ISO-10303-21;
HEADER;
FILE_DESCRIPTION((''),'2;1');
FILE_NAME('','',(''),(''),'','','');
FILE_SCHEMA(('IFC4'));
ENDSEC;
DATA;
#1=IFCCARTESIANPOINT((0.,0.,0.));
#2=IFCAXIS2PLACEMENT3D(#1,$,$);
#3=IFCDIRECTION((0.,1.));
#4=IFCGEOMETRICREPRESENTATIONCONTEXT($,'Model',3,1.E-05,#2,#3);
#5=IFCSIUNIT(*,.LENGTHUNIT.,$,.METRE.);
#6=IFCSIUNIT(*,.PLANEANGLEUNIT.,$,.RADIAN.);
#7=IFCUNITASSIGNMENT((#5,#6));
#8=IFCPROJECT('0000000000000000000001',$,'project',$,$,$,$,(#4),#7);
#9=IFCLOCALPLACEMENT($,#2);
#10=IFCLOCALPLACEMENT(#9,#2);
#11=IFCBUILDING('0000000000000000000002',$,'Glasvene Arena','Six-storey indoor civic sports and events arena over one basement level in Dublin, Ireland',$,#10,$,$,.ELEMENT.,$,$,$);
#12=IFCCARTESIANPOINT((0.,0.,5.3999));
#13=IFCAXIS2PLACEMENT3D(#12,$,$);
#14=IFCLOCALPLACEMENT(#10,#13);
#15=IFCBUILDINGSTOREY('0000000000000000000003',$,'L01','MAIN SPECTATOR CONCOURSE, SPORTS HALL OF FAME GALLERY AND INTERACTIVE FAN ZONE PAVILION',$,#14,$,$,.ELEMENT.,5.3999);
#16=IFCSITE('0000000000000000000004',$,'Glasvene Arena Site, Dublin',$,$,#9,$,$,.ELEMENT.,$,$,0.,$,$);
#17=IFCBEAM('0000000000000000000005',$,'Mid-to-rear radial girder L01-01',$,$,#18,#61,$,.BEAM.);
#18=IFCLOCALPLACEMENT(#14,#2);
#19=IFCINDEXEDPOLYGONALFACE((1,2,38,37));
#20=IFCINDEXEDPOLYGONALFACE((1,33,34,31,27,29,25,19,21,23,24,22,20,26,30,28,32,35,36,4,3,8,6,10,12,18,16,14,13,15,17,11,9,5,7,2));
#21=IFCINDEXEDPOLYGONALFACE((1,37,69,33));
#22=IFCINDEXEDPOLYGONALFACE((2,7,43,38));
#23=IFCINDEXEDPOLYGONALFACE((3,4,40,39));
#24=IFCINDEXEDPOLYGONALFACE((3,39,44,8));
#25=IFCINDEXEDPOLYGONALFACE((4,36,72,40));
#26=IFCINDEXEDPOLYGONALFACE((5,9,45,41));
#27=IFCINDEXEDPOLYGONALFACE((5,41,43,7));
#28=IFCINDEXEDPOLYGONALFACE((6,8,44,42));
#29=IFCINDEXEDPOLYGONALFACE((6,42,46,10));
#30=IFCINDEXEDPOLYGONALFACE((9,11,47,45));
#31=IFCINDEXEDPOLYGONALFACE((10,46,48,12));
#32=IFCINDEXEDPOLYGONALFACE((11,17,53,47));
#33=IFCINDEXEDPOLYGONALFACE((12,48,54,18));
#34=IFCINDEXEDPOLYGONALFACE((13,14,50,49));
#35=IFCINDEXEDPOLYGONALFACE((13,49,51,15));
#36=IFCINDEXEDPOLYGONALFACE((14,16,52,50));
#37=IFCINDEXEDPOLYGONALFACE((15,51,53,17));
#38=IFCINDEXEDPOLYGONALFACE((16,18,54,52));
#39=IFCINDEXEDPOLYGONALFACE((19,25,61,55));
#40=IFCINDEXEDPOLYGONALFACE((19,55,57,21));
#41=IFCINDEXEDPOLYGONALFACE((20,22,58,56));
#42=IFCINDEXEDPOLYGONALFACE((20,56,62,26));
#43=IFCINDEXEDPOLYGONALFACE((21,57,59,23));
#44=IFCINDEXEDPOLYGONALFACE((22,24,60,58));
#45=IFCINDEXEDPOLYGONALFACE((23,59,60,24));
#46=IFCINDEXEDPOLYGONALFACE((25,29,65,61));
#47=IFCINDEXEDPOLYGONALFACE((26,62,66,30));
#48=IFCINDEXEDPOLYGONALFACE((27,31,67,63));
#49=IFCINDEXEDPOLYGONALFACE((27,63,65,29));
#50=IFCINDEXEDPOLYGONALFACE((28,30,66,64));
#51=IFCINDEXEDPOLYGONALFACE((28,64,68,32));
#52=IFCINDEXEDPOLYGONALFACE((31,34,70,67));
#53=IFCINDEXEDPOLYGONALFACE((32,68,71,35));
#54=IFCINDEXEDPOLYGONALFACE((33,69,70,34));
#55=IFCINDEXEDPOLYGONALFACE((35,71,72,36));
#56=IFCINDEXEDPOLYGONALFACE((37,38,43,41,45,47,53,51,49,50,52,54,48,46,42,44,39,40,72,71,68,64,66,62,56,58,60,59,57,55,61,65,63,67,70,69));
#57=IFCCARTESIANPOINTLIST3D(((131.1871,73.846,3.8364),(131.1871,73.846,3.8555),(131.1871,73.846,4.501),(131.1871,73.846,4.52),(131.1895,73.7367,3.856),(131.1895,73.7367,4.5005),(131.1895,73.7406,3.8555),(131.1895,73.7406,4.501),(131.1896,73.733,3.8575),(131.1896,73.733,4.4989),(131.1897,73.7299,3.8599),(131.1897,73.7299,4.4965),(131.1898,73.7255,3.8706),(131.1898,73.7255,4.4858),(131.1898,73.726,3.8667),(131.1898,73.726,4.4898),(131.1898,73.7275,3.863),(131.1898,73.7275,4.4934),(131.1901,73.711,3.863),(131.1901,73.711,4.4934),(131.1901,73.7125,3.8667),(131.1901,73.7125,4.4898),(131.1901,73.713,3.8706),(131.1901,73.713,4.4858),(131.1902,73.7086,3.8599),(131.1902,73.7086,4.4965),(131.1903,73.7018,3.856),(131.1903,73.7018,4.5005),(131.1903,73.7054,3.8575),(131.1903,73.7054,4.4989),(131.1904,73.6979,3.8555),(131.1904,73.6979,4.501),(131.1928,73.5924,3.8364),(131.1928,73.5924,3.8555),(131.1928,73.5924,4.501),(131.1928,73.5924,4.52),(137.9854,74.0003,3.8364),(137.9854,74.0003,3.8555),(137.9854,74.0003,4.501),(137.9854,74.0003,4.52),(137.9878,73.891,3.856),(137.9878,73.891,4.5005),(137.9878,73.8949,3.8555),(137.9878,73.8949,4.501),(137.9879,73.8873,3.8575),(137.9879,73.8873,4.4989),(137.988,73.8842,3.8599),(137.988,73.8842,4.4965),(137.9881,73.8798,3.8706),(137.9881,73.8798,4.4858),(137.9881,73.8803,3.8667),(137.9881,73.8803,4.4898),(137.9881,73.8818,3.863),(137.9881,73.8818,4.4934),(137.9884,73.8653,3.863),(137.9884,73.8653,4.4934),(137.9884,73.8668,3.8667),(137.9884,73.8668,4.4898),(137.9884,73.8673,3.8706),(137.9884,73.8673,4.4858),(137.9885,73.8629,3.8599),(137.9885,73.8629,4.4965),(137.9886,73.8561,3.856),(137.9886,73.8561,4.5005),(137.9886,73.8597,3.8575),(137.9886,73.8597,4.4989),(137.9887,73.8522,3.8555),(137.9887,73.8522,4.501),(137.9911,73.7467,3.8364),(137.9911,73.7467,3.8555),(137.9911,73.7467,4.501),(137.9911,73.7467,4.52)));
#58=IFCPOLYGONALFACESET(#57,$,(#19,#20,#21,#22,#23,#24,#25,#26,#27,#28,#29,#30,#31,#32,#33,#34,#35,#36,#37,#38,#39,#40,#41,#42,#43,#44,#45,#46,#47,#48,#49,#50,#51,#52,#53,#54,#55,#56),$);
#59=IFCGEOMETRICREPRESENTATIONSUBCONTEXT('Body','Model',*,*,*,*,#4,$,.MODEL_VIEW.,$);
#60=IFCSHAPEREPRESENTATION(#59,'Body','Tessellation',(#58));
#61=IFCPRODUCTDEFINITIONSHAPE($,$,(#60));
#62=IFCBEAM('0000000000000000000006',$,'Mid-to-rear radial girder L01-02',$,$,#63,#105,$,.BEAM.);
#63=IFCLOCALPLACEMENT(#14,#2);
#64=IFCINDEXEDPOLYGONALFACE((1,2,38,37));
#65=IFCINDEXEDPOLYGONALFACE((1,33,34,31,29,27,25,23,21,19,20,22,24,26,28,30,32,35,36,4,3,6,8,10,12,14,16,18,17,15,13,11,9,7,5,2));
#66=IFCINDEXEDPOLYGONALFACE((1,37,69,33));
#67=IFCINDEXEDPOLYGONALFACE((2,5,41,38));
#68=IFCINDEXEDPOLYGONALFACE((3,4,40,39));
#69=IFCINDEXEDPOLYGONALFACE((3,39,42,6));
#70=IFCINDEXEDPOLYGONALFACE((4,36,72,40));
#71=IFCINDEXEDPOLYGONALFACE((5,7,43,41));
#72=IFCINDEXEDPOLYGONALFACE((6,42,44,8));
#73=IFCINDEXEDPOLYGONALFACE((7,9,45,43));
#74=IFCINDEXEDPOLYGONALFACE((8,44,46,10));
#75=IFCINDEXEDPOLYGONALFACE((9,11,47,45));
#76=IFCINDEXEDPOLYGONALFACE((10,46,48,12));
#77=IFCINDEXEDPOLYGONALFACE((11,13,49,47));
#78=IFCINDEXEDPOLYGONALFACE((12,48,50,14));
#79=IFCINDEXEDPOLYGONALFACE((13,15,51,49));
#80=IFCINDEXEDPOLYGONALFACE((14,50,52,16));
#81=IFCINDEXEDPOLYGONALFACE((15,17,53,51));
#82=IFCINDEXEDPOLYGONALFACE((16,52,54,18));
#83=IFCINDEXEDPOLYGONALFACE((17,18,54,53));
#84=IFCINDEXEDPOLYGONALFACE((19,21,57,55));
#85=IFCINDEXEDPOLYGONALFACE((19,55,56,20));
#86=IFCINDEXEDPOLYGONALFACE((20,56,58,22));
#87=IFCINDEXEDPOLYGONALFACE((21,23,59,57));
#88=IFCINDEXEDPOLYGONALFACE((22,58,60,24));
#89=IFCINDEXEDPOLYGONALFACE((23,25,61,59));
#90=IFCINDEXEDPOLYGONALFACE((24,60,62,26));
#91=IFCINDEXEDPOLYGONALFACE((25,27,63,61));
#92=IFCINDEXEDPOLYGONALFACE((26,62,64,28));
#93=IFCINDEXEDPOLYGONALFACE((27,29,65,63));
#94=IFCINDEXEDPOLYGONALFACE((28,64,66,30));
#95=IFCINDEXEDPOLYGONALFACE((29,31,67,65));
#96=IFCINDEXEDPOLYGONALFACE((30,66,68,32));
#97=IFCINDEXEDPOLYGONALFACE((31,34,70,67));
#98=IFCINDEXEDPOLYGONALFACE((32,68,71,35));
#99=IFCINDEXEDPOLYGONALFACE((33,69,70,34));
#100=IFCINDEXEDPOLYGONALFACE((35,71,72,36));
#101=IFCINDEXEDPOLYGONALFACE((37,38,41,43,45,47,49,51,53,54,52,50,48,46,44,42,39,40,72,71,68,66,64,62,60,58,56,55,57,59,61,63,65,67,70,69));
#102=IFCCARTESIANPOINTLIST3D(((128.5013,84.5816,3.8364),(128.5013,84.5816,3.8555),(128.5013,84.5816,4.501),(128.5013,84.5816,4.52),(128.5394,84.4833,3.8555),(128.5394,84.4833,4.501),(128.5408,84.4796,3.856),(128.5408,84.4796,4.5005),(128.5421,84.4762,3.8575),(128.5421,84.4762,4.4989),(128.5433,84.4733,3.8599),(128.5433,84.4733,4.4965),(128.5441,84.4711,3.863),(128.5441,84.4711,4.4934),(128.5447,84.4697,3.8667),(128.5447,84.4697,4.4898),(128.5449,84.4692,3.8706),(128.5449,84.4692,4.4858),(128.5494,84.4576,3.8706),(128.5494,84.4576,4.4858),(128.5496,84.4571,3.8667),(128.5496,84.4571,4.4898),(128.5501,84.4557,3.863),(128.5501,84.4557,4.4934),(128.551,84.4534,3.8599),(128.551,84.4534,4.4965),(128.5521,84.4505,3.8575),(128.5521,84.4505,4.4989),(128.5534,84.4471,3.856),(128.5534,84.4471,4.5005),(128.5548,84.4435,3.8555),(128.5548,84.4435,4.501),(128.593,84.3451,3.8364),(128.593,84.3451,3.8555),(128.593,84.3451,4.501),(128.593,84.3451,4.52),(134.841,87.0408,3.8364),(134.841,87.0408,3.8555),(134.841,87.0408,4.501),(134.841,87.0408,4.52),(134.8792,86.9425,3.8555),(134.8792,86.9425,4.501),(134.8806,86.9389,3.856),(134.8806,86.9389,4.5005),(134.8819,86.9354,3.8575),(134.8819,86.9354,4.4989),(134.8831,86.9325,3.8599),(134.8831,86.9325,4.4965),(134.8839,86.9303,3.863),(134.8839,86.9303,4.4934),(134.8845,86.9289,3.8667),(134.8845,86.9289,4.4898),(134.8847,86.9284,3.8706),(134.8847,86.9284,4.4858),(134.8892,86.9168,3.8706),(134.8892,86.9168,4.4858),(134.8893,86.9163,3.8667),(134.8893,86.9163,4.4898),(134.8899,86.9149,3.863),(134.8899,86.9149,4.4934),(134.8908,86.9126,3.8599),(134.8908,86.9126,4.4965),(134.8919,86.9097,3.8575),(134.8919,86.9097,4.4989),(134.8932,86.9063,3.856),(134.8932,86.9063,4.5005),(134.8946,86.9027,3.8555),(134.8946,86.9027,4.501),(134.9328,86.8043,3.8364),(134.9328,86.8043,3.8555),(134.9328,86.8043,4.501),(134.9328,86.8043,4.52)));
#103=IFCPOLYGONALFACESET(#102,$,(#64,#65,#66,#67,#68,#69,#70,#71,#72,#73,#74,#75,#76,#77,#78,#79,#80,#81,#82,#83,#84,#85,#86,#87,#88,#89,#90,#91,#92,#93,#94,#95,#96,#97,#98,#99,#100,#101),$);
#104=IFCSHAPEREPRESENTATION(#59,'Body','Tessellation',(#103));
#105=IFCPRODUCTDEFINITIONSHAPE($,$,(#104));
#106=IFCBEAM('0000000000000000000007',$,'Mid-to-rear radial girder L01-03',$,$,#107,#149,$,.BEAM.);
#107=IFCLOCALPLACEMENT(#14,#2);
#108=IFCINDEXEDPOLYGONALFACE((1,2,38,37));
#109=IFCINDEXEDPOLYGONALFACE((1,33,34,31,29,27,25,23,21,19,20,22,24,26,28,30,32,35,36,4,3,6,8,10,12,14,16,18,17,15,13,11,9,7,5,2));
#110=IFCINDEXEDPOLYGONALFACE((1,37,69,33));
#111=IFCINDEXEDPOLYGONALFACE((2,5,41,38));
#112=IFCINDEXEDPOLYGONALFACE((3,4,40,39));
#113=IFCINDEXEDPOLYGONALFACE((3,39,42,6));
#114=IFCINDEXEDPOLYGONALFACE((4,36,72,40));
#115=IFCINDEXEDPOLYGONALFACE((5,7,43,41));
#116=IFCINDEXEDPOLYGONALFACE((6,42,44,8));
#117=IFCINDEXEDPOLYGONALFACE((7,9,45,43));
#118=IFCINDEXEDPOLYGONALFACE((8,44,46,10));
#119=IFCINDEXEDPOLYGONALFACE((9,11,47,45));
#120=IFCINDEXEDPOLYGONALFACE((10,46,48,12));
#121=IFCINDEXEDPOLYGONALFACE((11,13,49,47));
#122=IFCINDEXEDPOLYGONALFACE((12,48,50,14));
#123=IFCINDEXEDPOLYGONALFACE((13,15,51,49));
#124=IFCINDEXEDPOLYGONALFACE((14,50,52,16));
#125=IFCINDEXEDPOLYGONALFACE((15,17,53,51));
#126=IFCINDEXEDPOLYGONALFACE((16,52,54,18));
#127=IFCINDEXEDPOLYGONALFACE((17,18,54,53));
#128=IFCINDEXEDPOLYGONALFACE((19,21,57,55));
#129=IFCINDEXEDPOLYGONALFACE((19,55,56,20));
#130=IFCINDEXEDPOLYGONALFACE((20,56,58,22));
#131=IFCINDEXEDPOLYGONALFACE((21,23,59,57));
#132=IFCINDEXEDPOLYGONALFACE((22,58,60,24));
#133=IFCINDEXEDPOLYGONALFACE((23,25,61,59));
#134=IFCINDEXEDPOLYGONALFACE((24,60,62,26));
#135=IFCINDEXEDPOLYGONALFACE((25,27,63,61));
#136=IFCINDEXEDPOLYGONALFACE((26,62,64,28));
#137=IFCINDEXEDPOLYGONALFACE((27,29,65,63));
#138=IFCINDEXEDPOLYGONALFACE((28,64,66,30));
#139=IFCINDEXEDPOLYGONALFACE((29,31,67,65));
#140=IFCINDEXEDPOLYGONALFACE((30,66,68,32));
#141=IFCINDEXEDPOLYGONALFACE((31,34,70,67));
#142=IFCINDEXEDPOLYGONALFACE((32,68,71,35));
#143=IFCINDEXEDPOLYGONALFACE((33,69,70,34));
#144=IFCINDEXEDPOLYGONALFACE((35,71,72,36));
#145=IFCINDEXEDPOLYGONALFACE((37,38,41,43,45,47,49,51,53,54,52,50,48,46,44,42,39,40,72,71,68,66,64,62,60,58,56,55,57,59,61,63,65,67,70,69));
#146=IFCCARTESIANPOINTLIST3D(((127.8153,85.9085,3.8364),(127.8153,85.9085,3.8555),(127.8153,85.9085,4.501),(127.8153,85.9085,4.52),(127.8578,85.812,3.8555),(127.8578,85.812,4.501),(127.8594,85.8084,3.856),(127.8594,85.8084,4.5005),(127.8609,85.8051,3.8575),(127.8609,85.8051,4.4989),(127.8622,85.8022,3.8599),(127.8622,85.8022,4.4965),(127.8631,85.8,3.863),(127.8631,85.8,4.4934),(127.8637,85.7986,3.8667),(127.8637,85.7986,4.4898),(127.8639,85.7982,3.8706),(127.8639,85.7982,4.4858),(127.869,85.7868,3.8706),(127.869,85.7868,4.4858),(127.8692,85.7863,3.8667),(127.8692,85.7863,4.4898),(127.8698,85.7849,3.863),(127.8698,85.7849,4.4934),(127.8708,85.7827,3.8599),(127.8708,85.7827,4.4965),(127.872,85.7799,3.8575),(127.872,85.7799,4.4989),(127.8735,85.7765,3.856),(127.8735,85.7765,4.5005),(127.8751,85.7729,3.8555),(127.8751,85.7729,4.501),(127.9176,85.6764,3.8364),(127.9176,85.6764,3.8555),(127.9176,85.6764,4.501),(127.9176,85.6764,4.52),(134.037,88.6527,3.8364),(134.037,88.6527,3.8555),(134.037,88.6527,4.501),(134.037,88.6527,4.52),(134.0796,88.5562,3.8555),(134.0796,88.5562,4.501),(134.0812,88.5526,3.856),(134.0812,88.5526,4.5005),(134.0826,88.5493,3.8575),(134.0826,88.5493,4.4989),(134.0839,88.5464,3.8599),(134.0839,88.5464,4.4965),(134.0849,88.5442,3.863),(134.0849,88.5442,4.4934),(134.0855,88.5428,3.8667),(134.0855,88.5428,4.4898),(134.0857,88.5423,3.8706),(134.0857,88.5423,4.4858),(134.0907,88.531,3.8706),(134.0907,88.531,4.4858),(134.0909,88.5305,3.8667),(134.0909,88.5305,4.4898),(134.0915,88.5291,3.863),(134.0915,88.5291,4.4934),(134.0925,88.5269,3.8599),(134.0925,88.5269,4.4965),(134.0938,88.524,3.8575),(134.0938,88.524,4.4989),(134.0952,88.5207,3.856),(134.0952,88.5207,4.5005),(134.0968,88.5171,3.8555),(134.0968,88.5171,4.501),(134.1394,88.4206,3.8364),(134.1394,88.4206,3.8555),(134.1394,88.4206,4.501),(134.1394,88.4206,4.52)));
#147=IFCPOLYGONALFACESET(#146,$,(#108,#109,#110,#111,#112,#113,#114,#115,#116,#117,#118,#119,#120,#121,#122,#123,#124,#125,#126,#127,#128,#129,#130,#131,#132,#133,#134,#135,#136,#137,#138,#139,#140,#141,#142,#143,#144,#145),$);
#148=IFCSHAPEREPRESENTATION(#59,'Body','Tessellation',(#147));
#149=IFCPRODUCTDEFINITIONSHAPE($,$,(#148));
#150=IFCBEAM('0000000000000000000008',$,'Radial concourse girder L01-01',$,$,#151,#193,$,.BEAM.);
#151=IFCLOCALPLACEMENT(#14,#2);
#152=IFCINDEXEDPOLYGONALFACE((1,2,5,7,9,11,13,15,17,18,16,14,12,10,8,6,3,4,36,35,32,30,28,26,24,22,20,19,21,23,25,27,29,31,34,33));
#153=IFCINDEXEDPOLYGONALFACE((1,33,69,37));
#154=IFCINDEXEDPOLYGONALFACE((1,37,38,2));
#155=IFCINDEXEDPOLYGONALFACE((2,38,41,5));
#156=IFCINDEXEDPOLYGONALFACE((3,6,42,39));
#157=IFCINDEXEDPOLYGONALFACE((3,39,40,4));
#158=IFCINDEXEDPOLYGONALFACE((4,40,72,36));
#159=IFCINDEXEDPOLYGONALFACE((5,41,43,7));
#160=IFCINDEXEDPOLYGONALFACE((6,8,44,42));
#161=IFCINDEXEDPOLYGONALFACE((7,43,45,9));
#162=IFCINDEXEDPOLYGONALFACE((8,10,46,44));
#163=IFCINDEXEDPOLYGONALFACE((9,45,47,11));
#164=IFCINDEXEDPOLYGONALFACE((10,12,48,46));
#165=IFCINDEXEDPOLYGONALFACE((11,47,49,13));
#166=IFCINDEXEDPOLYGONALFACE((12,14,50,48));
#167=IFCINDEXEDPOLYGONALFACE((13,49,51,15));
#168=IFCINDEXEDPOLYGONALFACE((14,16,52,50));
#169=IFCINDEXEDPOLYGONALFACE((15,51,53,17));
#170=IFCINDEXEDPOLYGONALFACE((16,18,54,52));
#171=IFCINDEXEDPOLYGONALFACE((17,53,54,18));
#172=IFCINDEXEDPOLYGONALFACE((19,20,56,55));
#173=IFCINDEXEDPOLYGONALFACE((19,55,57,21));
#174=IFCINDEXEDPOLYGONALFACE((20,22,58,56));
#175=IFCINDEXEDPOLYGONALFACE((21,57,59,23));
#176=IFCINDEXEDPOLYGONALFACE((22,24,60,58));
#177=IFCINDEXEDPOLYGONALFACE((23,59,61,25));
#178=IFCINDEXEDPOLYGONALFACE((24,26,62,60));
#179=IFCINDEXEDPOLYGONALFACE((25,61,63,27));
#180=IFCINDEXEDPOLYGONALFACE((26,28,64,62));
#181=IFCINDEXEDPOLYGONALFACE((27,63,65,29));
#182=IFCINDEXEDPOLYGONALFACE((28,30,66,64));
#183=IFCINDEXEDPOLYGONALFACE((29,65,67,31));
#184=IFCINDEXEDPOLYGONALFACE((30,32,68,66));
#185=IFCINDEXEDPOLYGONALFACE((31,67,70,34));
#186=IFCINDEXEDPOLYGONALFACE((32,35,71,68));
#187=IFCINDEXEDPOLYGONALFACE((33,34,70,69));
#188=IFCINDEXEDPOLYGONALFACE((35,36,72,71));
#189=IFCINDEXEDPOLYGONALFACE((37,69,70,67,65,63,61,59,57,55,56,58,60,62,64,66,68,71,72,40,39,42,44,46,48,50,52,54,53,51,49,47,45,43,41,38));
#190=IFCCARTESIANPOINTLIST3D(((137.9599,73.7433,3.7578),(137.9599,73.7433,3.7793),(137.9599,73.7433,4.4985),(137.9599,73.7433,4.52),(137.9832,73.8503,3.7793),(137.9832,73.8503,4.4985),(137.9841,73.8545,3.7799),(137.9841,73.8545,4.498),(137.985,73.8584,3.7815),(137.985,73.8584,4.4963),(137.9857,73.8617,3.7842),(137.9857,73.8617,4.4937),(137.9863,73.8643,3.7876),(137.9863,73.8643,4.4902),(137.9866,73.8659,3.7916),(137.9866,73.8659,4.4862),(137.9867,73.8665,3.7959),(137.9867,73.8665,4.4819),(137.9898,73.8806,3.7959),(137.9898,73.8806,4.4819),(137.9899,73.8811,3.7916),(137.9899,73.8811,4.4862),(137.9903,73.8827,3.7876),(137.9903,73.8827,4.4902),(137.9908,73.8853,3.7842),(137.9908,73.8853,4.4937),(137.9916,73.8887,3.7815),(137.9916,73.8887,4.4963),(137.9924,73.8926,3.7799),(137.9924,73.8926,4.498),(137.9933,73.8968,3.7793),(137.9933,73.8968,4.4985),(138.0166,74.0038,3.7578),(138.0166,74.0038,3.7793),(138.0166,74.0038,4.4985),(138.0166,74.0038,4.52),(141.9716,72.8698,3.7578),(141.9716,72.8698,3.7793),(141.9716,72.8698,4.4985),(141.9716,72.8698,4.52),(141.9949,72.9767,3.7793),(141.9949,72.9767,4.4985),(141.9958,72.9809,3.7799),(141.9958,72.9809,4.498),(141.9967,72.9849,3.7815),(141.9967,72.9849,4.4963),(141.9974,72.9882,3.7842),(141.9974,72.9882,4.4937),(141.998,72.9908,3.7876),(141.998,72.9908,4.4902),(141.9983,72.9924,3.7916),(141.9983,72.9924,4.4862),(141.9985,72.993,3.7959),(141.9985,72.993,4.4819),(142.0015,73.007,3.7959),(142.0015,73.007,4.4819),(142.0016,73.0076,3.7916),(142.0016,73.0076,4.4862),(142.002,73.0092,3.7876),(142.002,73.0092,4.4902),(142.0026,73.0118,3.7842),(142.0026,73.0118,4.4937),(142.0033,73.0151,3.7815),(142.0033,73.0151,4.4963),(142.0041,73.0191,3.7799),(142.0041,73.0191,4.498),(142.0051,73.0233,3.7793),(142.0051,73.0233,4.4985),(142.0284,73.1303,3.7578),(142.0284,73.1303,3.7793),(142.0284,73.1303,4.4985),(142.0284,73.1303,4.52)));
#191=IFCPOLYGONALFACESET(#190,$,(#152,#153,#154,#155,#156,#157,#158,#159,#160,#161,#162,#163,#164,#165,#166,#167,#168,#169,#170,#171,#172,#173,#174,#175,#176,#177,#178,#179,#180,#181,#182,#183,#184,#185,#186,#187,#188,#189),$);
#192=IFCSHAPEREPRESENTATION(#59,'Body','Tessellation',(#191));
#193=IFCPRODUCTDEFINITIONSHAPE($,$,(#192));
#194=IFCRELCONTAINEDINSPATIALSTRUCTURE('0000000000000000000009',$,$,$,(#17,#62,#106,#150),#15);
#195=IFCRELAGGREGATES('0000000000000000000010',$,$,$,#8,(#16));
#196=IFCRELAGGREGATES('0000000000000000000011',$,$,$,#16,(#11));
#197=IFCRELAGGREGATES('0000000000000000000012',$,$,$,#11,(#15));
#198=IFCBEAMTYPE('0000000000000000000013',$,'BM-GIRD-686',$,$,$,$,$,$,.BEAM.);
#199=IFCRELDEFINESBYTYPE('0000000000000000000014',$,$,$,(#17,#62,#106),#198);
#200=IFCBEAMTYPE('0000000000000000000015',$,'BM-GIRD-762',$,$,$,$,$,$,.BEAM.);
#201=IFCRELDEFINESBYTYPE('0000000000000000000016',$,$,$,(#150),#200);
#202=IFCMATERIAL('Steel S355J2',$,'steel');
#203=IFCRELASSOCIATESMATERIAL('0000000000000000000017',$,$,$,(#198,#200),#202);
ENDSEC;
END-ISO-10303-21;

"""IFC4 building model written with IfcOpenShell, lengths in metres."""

from ifc_helpers import new_model, si_unit, direction, frame, origin, origin_2d, place, context, subcontext, project, spatial, i_section, extrude, material, material_profile, profile_set, type_object, element, save


model = new_model("IFC4")

# Units and contexts
model_context = context("Model", 3, precision=1e-05, world=origin(), true_north=direction((0.0, 1.0)))
body_context = subcontext(model_context, "Body", "Model", "MODEL_VIEW")
ifc_project = project(units=[si_unit("LENGTHUNIT", "METRE"), si_unit("PLANEANGLEUNIT", "RADIAN")], contexts=[model_context])

# Site, building, storey
site_placement = place(None, origin())
site = spatial("IfcSite", under=ifc_project, at=site_placement, Name="Glasvene Arena Site, Dublin", CompositionType="ELEMENT", RefElevation=0.0)
building_placement = place(site_placement, origin())
building = spatial("IfcBuilding", under=site, at=building_placement, Name="Glasvene Arena", Description="Six-storey indoor civic sports and events arena over one basement level in Dublin, Ireland", CompositionType="ELEMENT")
storey_placement = place(building_placement, frame((0.0, 0.0, 5.3999)))
storey = spatial("IfcBuildingStorey", under=building, at=storey_placement, Name="L01", Description="MAIN SPECTATOR CONCOURSE, SPORTS HALL OF FAME GALLERY AND INTERACTIVE FAN ZONE PAVILION", CompositionType="ELEMENT", Elevation=5.3999)

# Shared definitions
ifc_material_1 = material(Name="Steel S355J2", Category="steel")

# Beams
ifc_material_profile_1 = material_profile(ifc_material_1, i_section(OverallWidth=0.2537, OverallDepth=0.6836, WebThickness=0.0125, FlangeThickness=0.019, FilletRadius=0.0151, at=origin_2d()), Name="UKB 686x254x140")
ifc_profile_set_1 = profile_set([ifc_material_profile_1], Name="Steel S355J2")
beam_type_1 = type_object("IfcBeamType", Name="BM-GIRD-686", PredefinedType="BEAM", material=ifc_profile_set_1)
for number, where, z_axis, x_axis, name in (
    (1, (131.1899, 73.7192, 4.1782), (0.999743, 0.02269, 0.0), (-0.02269, 0.999743, 0.0), "Mid-to-rear radial girder L01-01"),
    (2, (128.5471, 84.4634, 4.1782), (0.932316, 0.361646, 0.0), (-0.361646, 0.932316, 0.0), "Mid-to-rear radial girder L01-02"),
    (3, (127.8665, 85.7925, 4.1782), (0.914957, 0.403552, 0.0), (-0.403552, 0.914957, 0.0), "Mid-to-rear radial girder L01-03"),
):
    element("IfcBeam", number, at=place(storey_placement, frame(where, z_axis=z_axis, x_axis=x_axis)), inside=storey, type_object=beam_type_1, Name=name, PredefinedType="BEAM", context=body_context, shape_type="SweptSolid", body=[
        extrude(i_section(OverallWidth=0.2537, OverallDepth=0.6836, WebThickness=0.0125, FlangeThickness=0.019, FilletRadius=0.0151, at=origin_2d()), origin(), (0.0, 0.0, 1.0), 6.8),
    ])
ifc_material_profile_2 = material_profile(ifc_material_1, i_section(OverallWidth=0.2666, OverallDepth=0.7622, WebThickness=0.0144, FlangeThickness=0.0215, FilletRadius=0.0166, at=origin_2d()), Name="UKB 762x267x173")
ifc_profile_set_2 = profile_set([ifc_material_profile_2], Name="Steel S355J2")
beam_type_2 = type_object("IfcBeamType", Name="BM-GIRD-762", PredefinedType="BEAM", material=ifc_profile_set_2)
beam_1_placement = place(storey_placement, frame((137.9883, 73.8735, 4.1389), z_axis=(0.977104, -0.21276, 0.0), x_axis=(0.21276, 0.977104, 0.0)))
element("IfcBeam", 4, at=beam_1_placement, inside=storey, type_object=beam_type_2, Name="Radial concourse girder L01-01", PredefinedType="BEAM", context=body_context, shape_type="SweptSolid", body=[
    extrude(i_section(OverallWidth=0.2666, OverallDepth=0.7622, WebThickness=0.0144, FlangeThickness=0.0215, FilletRadius=0.0166, at=origin_2d()), origin(), (0.0, 0.0, 1.0), 4.1057),
])

save(model, "model.ifc")
